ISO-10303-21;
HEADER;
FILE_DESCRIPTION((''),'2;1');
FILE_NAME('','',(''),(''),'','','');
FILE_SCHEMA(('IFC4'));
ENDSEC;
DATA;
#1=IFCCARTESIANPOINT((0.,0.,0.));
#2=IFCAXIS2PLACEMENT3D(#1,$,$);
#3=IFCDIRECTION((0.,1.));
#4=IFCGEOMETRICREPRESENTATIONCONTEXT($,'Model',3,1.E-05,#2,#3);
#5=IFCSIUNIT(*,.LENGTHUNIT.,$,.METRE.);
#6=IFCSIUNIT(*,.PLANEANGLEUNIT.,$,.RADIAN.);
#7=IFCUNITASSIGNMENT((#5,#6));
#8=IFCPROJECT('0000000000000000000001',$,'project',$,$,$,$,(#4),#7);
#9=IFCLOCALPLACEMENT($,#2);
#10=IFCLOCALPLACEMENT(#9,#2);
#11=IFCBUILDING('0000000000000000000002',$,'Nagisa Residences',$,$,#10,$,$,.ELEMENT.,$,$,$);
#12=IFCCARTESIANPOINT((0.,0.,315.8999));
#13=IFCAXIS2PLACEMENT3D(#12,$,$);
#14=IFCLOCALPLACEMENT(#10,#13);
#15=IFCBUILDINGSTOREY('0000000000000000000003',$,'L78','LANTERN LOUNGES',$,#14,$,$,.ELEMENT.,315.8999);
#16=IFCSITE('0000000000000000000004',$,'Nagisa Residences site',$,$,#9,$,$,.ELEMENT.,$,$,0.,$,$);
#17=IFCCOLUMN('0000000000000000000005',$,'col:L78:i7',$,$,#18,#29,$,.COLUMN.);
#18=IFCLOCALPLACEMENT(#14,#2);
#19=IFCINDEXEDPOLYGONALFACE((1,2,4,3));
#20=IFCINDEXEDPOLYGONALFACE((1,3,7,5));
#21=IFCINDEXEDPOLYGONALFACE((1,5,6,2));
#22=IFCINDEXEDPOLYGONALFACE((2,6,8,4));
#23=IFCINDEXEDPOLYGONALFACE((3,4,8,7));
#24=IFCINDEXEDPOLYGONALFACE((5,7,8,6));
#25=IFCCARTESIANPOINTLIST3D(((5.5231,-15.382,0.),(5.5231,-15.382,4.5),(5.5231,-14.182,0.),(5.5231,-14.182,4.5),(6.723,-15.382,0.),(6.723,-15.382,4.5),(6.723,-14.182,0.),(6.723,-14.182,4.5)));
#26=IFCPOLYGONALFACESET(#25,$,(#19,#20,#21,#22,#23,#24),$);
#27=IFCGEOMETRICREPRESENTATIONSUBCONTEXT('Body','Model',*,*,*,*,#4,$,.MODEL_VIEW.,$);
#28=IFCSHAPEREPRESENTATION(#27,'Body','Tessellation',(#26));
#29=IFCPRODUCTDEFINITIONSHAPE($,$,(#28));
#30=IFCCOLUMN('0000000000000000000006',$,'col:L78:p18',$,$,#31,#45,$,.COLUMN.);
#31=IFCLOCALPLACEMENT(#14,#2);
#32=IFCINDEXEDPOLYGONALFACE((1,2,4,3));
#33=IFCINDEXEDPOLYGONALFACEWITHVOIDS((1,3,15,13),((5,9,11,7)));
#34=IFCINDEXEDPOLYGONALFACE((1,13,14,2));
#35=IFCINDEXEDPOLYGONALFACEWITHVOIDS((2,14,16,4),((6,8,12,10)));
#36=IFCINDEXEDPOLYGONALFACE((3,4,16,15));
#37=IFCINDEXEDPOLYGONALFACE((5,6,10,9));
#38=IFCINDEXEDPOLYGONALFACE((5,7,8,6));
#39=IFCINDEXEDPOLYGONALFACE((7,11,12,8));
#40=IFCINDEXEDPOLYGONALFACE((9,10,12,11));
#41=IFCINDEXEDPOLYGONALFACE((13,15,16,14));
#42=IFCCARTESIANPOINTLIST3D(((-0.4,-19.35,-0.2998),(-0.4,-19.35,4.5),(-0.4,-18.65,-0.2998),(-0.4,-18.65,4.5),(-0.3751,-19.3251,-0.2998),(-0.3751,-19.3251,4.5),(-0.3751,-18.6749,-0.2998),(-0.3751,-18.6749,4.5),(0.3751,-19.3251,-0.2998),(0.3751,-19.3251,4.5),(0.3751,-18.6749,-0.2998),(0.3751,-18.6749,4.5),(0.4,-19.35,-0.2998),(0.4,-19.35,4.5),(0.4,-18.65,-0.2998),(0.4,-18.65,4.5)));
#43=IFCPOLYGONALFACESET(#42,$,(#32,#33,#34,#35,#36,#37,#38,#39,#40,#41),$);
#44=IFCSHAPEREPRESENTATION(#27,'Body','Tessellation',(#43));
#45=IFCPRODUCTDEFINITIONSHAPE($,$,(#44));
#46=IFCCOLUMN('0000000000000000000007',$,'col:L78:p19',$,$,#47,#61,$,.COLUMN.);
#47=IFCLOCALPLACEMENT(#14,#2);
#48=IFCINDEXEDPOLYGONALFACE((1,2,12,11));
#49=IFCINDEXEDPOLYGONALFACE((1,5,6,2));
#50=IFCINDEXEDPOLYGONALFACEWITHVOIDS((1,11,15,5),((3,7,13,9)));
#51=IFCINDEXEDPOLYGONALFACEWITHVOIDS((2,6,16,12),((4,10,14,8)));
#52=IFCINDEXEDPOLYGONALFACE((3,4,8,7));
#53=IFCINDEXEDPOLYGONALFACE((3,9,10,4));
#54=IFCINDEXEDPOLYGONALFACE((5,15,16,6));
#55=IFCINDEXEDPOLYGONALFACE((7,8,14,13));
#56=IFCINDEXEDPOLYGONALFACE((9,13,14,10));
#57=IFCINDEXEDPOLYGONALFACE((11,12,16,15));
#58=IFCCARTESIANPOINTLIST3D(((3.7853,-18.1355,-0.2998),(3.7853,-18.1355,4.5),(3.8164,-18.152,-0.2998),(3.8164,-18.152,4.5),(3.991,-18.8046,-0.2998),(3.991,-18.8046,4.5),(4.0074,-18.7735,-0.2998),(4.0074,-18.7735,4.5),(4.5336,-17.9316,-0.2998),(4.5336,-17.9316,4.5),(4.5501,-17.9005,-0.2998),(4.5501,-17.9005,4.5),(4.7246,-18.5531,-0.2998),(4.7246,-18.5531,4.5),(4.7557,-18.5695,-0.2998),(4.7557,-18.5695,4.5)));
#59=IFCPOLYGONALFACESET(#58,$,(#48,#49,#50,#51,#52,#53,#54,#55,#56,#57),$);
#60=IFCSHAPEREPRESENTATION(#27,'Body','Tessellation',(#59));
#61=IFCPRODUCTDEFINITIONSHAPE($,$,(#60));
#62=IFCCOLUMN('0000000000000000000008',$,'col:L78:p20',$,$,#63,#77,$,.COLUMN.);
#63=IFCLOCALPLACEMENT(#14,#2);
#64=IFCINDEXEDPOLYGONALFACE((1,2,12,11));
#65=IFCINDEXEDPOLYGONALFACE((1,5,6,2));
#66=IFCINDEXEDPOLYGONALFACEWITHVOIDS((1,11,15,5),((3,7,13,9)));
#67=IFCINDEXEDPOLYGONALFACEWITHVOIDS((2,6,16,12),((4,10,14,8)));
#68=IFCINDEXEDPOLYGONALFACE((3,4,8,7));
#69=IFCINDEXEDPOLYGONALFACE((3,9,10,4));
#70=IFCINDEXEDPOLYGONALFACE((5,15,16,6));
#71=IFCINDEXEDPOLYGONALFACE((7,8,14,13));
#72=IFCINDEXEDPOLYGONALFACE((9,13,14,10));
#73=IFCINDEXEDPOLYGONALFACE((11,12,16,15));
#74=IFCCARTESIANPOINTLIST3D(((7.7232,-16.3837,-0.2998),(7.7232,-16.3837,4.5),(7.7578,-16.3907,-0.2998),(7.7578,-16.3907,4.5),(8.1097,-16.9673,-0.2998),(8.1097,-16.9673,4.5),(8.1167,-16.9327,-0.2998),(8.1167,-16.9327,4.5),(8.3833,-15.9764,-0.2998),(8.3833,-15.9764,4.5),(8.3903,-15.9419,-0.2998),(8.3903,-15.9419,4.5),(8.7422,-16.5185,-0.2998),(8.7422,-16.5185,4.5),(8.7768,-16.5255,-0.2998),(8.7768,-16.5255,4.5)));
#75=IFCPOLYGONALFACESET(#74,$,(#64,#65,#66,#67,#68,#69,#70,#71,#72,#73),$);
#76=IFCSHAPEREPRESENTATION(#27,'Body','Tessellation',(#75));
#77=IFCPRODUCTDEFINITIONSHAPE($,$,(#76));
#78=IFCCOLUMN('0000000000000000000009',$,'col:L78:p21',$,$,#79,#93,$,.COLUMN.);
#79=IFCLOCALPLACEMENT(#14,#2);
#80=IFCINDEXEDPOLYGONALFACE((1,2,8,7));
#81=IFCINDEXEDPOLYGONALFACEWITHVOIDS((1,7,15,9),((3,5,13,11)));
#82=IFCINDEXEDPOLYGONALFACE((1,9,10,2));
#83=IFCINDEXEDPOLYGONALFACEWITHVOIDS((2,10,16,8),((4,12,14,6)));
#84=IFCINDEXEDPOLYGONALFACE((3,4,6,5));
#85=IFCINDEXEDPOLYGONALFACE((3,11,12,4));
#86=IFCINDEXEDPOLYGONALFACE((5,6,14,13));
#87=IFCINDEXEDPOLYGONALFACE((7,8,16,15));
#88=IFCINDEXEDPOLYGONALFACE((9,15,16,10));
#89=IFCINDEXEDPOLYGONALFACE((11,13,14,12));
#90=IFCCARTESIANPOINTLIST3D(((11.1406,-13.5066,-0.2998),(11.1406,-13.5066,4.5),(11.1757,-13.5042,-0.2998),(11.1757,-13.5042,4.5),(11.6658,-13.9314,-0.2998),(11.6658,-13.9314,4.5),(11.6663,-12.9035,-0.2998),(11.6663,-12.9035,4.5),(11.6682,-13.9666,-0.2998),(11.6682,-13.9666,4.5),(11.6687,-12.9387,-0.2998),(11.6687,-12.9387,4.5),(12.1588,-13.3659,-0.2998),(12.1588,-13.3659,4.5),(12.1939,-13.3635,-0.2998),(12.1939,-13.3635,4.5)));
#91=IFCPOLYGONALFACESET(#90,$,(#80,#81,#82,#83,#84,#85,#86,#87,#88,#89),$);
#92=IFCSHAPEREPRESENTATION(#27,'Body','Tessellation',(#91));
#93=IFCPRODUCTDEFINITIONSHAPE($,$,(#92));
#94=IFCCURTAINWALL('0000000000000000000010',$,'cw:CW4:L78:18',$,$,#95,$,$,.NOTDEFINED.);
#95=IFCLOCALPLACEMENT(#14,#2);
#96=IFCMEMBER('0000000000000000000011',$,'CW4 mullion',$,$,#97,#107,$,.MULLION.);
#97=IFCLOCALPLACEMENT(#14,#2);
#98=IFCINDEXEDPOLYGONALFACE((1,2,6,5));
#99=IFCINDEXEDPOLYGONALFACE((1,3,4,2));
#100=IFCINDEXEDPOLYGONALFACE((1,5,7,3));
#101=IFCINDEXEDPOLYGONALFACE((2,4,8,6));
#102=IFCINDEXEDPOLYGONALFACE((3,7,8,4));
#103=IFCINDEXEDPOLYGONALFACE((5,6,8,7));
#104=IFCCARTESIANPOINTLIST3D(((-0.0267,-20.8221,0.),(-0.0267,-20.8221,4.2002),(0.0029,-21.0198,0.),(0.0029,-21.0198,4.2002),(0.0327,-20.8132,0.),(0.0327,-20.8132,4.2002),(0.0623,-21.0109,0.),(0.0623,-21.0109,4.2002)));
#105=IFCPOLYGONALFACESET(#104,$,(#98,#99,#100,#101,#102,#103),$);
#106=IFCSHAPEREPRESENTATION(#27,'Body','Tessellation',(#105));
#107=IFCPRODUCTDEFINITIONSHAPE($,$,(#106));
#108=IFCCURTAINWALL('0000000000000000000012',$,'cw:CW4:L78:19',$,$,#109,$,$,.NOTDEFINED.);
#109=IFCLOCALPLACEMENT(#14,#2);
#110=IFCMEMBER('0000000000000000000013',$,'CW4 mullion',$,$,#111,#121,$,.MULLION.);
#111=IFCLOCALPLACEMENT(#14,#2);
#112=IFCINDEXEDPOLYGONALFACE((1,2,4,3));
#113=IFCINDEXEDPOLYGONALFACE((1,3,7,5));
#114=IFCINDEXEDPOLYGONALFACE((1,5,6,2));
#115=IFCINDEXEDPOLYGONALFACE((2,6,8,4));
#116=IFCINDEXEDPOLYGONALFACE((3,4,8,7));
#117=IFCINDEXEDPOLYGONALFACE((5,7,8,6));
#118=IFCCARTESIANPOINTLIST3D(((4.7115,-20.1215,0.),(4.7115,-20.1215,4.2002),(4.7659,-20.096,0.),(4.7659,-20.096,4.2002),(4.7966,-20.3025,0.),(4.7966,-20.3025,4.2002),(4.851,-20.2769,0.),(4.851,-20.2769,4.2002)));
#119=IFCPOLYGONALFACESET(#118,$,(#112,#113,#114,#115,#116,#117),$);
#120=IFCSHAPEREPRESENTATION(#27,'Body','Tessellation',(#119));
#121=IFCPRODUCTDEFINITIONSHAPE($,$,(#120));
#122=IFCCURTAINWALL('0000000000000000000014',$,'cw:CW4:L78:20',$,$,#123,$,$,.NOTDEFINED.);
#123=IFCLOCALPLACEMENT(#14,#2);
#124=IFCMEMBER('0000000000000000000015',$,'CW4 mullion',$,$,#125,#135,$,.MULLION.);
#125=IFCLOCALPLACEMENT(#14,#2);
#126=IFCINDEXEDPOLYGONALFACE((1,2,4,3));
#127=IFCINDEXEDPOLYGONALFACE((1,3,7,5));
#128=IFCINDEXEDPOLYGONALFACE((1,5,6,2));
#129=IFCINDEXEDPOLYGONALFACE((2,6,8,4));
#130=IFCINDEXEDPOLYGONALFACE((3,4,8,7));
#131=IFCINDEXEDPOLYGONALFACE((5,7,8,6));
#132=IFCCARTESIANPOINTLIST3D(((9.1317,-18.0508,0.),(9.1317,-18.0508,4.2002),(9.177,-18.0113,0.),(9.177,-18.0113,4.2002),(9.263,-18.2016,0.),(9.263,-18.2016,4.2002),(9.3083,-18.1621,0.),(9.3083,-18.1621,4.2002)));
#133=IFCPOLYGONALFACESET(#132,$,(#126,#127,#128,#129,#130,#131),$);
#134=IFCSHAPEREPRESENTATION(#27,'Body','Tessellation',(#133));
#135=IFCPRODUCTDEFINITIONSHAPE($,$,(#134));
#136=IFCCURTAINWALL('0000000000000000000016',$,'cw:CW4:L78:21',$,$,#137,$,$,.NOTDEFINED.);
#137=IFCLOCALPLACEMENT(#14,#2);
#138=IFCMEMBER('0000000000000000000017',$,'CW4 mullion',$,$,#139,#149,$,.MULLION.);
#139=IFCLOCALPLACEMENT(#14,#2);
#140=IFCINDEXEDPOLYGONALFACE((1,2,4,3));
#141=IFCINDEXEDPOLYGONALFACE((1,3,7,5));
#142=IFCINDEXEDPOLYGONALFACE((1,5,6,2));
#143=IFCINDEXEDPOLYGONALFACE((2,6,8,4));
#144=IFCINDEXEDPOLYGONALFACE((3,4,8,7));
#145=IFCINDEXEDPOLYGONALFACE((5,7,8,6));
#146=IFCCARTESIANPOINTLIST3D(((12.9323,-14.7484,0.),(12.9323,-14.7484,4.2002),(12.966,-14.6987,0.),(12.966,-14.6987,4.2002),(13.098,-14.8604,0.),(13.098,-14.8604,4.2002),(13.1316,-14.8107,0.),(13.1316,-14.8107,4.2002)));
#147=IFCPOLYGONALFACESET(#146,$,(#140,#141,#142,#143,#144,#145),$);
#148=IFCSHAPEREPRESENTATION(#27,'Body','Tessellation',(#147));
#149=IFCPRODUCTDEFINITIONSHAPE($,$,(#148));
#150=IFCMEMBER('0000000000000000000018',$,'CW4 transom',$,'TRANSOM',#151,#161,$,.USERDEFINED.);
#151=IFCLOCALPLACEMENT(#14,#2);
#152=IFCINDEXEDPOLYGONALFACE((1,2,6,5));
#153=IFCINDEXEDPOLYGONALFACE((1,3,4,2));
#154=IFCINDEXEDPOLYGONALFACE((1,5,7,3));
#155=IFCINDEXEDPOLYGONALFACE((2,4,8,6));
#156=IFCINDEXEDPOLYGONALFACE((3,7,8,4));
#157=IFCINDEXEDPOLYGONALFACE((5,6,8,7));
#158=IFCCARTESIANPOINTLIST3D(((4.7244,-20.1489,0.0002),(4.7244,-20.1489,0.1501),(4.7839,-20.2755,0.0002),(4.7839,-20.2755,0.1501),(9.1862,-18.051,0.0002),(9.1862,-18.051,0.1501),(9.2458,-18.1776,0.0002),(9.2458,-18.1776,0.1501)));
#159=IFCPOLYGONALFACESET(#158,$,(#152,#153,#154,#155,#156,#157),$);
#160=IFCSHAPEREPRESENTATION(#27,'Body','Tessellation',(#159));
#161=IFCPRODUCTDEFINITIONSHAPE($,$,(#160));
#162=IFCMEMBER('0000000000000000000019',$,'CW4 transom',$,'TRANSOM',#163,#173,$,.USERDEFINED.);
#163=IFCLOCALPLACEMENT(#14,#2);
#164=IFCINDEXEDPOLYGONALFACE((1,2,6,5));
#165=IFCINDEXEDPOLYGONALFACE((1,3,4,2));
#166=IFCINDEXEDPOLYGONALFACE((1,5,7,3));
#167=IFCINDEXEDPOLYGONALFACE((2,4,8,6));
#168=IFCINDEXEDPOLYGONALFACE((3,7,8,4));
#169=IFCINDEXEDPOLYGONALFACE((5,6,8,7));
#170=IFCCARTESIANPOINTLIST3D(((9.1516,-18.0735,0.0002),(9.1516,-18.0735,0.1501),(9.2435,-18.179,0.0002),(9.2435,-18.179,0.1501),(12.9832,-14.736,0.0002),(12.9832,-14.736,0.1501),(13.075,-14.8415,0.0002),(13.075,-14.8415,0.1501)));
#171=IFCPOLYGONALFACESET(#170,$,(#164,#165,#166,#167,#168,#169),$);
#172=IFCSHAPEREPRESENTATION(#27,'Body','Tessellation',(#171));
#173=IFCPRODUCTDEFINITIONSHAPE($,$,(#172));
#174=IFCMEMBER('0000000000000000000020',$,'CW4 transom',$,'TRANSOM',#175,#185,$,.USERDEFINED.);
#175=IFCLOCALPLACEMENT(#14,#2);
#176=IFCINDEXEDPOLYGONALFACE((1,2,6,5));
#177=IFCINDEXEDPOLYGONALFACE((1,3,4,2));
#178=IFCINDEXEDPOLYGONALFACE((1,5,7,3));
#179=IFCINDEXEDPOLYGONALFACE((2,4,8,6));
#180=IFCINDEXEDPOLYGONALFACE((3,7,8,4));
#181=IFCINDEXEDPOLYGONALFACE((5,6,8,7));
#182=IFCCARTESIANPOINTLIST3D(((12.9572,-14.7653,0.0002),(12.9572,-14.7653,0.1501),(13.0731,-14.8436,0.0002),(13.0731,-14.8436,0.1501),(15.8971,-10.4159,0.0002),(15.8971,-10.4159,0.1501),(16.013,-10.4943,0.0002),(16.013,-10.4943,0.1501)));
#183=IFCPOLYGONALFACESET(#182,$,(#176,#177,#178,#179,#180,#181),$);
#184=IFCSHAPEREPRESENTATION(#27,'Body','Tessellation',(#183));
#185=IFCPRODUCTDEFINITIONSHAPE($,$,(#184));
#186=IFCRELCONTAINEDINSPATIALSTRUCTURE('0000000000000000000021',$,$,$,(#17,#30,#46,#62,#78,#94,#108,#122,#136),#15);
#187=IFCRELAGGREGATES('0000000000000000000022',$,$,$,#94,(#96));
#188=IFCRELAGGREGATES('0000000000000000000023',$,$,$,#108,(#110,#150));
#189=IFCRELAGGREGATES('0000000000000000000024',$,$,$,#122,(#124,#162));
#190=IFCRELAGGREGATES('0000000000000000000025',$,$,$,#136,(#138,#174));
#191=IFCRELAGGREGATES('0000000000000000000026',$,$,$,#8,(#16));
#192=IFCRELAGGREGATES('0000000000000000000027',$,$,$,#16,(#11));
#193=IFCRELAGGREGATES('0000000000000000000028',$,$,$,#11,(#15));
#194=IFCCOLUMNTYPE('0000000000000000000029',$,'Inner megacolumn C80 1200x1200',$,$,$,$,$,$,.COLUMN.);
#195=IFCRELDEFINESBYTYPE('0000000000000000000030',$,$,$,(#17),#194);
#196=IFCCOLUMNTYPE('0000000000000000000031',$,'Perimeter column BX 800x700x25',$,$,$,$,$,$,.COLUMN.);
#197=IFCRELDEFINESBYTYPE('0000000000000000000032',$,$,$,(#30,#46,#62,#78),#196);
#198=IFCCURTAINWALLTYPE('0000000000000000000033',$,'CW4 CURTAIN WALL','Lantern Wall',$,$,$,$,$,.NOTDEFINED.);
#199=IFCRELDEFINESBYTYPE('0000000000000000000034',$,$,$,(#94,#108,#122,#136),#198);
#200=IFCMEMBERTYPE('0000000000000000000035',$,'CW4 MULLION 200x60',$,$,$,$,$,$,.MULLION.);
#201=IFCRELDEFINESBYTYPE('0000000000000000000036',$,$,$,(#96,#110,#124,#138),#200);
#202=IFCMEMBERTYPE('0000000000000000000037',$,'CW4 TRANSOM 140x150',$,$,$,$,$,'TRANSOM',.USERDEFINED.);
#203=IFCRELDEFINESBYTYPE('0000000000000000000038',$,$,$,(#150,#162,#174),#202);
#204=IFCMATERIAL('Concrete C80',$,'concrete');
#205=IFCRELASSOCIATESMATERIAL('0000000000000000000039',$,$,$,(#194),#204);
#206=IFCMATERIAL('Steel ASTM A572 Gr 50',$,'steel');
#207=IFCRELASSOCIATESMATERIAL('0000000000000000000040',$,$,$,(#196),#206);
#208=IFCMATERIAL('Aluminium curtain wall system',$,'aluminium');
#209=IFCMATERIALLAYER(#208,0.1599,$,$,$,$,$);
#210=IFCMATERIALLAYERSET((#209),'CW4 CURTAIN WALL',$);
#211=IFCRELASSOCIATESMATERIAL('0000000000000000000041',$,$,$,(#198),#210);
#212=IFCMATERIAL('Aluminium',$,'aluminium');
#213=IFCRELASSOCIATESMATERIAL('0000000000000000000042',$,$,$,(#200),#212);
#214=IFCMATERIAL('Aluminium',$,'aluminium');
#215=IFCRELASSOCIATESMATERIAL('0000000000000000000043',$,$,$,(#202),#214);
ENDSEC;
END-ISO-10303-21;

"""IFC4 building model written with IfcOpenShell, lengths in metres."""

from ifc_helpers import new_model, si_unit, direction, frame, origin, origin_2d, place, context, subcontext, project, spatial, rectangle, hollow_rectangle, extrude, material, layer, layer_set, material_profile, profile_set, type_object, element, aggregate, save


model = new_model("IFC4")

# Units and contexts
model_context = context("Model", 3, precision=1e-05, world=origin(), true_north=direction((0.0, 1.0)))
body_context = subcontext(model_context, "Body", "Model", "MODEL_VIEW")
ifc_project = project(units=[si_unit("LENGTHUNIT", "METRE"), si_unit("PLANEANGLEUNIT", "RADIAN")], contexts=[model_context])

# Site, building, storey
site_placement = place(None, origin())
site = spatial("IfcSite", under=ifc_project, at=site_placement, Name="Nagisa Residences site", CompositionType="ELEMENT", RefElevation=0.0)
building_placement = place(site_placement, origin())
building = spatial("IfcBuilding", under=site, at=building_placement, Name="Nagisa Residences", CompositionType="ELEMENT")
storey_placement = place(building_placement, frame((0.0, 0.0, 315.8999)))
storey = spatial("IfcBuildingStorey", under=building, at=storey_placement, Name="L78", Description="LANTERN LOUNGES", CompositionType="ELEMENT", Elevation=315.8999)

# Columns
ifc_material_1 = material(Name="Concrete C80", Category="concrete")
ifc_material_profile_1 = material_profile(ifc_material_1, rectangle(XDim=1.2, YDim=1.2, at=origin_2d()), Name="C80 1200x1200")
ifc_profile_set_1 = profile_set([ifc_material_profile_1], Name="Concrete C80")
column_type_1 = type_object("IfcColumnType", Name="Inner megacolumn C80 1200x1200", PredefinedType="COLUMN", material=ifc_profile_set_1)
column_placement = place(storey_placement, frame((6.123, -14.782, 0.0), z_axis=(0.0, 0.0, 1.0), x_axis=(1.0, 0.0, 0.0)))
element("IfcColumn", 1, at=column_placement, inside=storey, type_object=column_type_1, Name="col:L78:i7", PredefinedType="COLUMN", context=body_context, shape_type="SweptSolid", body=[
    extrude(rectangle(XDim=1.2, YDim=1.2, at=origin_2d()), origin(), (0.0, 0.0, 1.0), 4.5),
])
ifc_material_2 = material(Name="Steel ASTM A572 Gr 50", Category="steel")
ifc_material_profile_2 = material_profile(ifc_material_2, hollow_rectangle(XDim=0.8, YDim=0.7, WallThickness=0.0249, at=origin_2d()), Name="BX 800x700x25")
ifc_profile_set_2 = profile_set([ifc_material_profile_2], Name="Steel ASTM A572 Gr 50")
column_type_2 = type_object("IfcColumnType", Name="Perimeter column BX 800x700x25", PredefinedType="COLUMN", material=ifc_profile_set_2)
for number, where, z_axis, x_axis, name in (
    (2, (0.0, -19.0, -0.2998), (0.0, 0.0, 1.0), (1.0, 0.0, 0.0), "col:L78:p18"),
    (3, (4.2705, -18.3525, -0.2998), (0.0, 0.0, 1.0), (0.95587, 0.29379, 0.0), "col:L78:p19"),
    (4, (8.25, -16.4546, -0.2998), (0.0, 0.0, 1.0), (0.833744, 0.552151, 0.0), "col:L78:p20"),
    (5, (11.6672, -13.4351, -0.2998), (0.0, 0.0, 1.0), (0.657135, 0.753773, 0.0), "col:L78:p21"),
):
    element("IfcColumn", number, at=place(storey_placement, frame(where, z_axis=z_axis, x_axis=x_axis)), inside=storey, type_object=column_type_2, Name=name, PredefinedType="COLUMN", context=body_context, shape_type="SweptSolid", body=[
        extrude(hollow_rectangle(XDim=0.8, YDim=0.7, WallThickness=0.0249, at=origin_2d()), origin(), (0.0, 0.0, 1.0), 4.7998),
    ])

# Curtain walls, members
ifc_material_3 = material(Name="Aluminium curtain wall system", Category="aluminium")
ifc_layer_1 = layer(ifc_material_3, 0.1599)
ifc_layer_set_1 = layer_set([ifc_layer_1], Name="CW4 CURTAIN WALL")
curtain_wall_type = type_object("IfcCurtainWallType", Name="CW4 CURTAIN WALL", Description="Lantern Wall", PredefinedType="NOTDEFINED", material=ifc_layer_set_1)
curtain_wall_1_placement = place(storey_placement, origin())
curtain_wall_1 = element("IfcCurtainWall", 6, at=curtain_wall_1_placement, inside=storey, type_object=curtain_wall_type, Name="cw:CW4:L78:18", PredefinedType="NOTDEFINED")
ifc_material_4 = material(Name="Aluminium", Category="aluminium")
ifc_material_profile_3 = material_profile(ifc_material_4, rectangle(XDim=0.2, YDim=0.0601, at=origin_2d()), Name="CW4 MULLION 200x60")
ifc_profile_set_3 = profile_set([ifc_material_profile_3], Name="Aluminium")
member_type_1 = type_object("IfcMemberType", Name="CW4 MULLION 200x60", PredefinedType="MULLION", material=ifc_profile_set_3)
member_1_placement = place(storey_placement, frame((0.0178, -20.9165, 0.0), z_axis=(0.0, 0.0, 1.0), x_axis=(-0.147802, 0.989017, 0.0)))
member_1 = element("IfcMember", 7, at=member_1_placement, type_object=member_type_1, Name="CW4 mullion", PredefinedType="MULLION", context=body_context, shape_type="SweptSolid", body=[
    extrude(rectangle(XDim=0.2, YDim=0.0601, at=origin_2d()), origin(), (0.0, 0.0, 1.0), 4.2002),
])
curtain_wall_2_placement = place(storey_placement, origin())
curtain_wall_2 = element("IfcCurtainWall", 8, at=curtain_wall_2_placement, inside=storey, type_object=curtain_wall_type, Name="cw:CW4:L78:19", PredefinedType="NOTDEFINED")
member_2_placement = place(storey_placement, frame((4.7812, -20.1992, 0.0), z_axis=(0.0, 0.0, 1.0), x_axis=(-0.425501, 0.904958, 0.0)))
member_2 = element("IfcMember", 9, at=member_2_placement, type_object=member_type_1, Name="CW4 mullion", PredefinedType="MULLION", context=body_context, shape_type="SweptSolid", body=[
    extrude(rectangle(XDim=0.2, YDim=0.0601, at=origin_2d()), origin(), (0.0, 0.0, 1.0), 4.2002),
])
curtain_wall_3_placement = place(storey_placement, origin())
curtain_wall_3 = element("IfcCurtainWall", 10, at=curtain_wall_3_placement, inside=storey, type_object=curtain_wall_type, Name="cw:CW4:L78:20", PredefinedType="NOTDEFINED")
member_3_placement = place(storey_placement, frame((9.22, -18.1064, 0.0), z_axis=(0.0, 0.0, 1.0), x_axis=(-0.656803, 0.754062, 0.0)))
member_3 = element("IfcMember", 11, at=member_3_placement, type_object=member_type_1, Name="CW4 mullion", PredefinedType="MULLION", context=body_context, shape_type="SweptSolid", body=[
    extrude(rectangle(XDim=0.2, YDim=0.0601, at=origin_2d()), origin(), (0.0, 0.0, 1.0), 4.2002),
])
curtain_wall_4_placement = place(storey_placement, origin())
curtain_wall_4 = element("IfcCurtainWall", 12, at=curtain_wall_4_placement, inside=storey, type_object=curtain_wall_type, Name="cw:CW4:L78:21", PredefinedType="NOTDEFINED")
member_4_placement = place(storey_placement, frame((13.032, -14.7795, 0.0), z_axis=(0.0, 0.0, 1.0), x_axis=(-0.828473, 0.56003, 0.0)))
member_4 = element("IfcMember", 13, at=member_4_placement, type_object=member_type_1, Name="CW4 mullion", PredefinedType="MULLION", context=body_context, shape_type="SweptSolid", body=[
    extrude(rectangle(XDim=0.2, YDim=0.0601, at=origin_2d()), origin(), (0.0, 0.0, 1.0), 4.2002),
])

# Members
ifc_material_5 = material(Name="Aluminium", Category="aluminium")
ifc_material_profile_4 = material_profile(ifc_material_5, rectangle(XDim=0.1399, YDim=0.1499, at=origin_2d()), Name="CW4 TRANSOM 140x150")
ifc_profile_set_4 = profile_set([ifc_material_profile_4], Name="Aluminium")
member_type_2 = type_object("IfcMemberType", Name="CW4 TRANSOM 140x150", ElementType="TRANSOM", PredefinedType="USERDEFINED", material=ifc_profile_set_4)
member_5_placement = place(storey_placement, frame((4.7542, -20.2122, 0.0752), z_axis=(0.904961, 0.425494, 0.0), x_axis=(-0.425494, 0.904961, 0.0)))
member_5 = element("IfcMember", 14, at=member_5_placement, type_object=member_type_2, Name="CW4 transom", ObjectType="TRANSOM", PredefinedType="USERDEFINED", context=body_context, shape_type="SweptSolid", body=[
    extrude(rectangle(XDim=0.1399, YDim=0.1499, at=origin_2d()), origin(), (0.0, 0.0, 1.0), 4.9304),
])
member_6_placement = place(storey_placement, frame((9.1975, -18.1262, 0.0752), z_axis=(0.754057, 0.656809, 0.0), x_axis=(-0.656809, 0.754057, 0.0)))
member_6 = element("IfcMember", 15, at=member_6_placement, type_object=member_type_2, Name="CW4 transom", ObjectType="TRANSOM", PredefinedType="USERDEFINED", context=body_context, shape_type="SweptSolid", body=[
    extrude(rectangle(XDim=0.1399, YDim=0.1499, at=origin_2d()), origin(), (0.0, 0.0, 1.0), 5.0813),
])
member_7_placement = place(storey_placement, frame((13.0151, -14.8044, 0.0752), z_axis=(0.560012, 0.828485, 0.0), x_axis=(-0.828485, 0.560012, 0.0)))
member_7 = element("IfcMember", 16, at=member_7_placement, type_object=member_type_2, Name="CW4 transom", ObjectType="TRANSOM", PredefinedType="USERDEFINED", context=body_context, shape_type="SweptSolid", body=[
    extrude(rectangle(XDim=0.1399, YDim=0.1499, at=origin_2d()), origin(), (0.0, 0.0, 1.0), 5.2498),
])

aggregate(curtain_wall_1, [member_1])
aggregate(curtain_wall_2, [member_2, member_5])
aggregate(curtain_wall_3, [member_3, member_6])
aggregate(curtain_wall_4, [member_4, member_7])

save(model, "model.ifc")
